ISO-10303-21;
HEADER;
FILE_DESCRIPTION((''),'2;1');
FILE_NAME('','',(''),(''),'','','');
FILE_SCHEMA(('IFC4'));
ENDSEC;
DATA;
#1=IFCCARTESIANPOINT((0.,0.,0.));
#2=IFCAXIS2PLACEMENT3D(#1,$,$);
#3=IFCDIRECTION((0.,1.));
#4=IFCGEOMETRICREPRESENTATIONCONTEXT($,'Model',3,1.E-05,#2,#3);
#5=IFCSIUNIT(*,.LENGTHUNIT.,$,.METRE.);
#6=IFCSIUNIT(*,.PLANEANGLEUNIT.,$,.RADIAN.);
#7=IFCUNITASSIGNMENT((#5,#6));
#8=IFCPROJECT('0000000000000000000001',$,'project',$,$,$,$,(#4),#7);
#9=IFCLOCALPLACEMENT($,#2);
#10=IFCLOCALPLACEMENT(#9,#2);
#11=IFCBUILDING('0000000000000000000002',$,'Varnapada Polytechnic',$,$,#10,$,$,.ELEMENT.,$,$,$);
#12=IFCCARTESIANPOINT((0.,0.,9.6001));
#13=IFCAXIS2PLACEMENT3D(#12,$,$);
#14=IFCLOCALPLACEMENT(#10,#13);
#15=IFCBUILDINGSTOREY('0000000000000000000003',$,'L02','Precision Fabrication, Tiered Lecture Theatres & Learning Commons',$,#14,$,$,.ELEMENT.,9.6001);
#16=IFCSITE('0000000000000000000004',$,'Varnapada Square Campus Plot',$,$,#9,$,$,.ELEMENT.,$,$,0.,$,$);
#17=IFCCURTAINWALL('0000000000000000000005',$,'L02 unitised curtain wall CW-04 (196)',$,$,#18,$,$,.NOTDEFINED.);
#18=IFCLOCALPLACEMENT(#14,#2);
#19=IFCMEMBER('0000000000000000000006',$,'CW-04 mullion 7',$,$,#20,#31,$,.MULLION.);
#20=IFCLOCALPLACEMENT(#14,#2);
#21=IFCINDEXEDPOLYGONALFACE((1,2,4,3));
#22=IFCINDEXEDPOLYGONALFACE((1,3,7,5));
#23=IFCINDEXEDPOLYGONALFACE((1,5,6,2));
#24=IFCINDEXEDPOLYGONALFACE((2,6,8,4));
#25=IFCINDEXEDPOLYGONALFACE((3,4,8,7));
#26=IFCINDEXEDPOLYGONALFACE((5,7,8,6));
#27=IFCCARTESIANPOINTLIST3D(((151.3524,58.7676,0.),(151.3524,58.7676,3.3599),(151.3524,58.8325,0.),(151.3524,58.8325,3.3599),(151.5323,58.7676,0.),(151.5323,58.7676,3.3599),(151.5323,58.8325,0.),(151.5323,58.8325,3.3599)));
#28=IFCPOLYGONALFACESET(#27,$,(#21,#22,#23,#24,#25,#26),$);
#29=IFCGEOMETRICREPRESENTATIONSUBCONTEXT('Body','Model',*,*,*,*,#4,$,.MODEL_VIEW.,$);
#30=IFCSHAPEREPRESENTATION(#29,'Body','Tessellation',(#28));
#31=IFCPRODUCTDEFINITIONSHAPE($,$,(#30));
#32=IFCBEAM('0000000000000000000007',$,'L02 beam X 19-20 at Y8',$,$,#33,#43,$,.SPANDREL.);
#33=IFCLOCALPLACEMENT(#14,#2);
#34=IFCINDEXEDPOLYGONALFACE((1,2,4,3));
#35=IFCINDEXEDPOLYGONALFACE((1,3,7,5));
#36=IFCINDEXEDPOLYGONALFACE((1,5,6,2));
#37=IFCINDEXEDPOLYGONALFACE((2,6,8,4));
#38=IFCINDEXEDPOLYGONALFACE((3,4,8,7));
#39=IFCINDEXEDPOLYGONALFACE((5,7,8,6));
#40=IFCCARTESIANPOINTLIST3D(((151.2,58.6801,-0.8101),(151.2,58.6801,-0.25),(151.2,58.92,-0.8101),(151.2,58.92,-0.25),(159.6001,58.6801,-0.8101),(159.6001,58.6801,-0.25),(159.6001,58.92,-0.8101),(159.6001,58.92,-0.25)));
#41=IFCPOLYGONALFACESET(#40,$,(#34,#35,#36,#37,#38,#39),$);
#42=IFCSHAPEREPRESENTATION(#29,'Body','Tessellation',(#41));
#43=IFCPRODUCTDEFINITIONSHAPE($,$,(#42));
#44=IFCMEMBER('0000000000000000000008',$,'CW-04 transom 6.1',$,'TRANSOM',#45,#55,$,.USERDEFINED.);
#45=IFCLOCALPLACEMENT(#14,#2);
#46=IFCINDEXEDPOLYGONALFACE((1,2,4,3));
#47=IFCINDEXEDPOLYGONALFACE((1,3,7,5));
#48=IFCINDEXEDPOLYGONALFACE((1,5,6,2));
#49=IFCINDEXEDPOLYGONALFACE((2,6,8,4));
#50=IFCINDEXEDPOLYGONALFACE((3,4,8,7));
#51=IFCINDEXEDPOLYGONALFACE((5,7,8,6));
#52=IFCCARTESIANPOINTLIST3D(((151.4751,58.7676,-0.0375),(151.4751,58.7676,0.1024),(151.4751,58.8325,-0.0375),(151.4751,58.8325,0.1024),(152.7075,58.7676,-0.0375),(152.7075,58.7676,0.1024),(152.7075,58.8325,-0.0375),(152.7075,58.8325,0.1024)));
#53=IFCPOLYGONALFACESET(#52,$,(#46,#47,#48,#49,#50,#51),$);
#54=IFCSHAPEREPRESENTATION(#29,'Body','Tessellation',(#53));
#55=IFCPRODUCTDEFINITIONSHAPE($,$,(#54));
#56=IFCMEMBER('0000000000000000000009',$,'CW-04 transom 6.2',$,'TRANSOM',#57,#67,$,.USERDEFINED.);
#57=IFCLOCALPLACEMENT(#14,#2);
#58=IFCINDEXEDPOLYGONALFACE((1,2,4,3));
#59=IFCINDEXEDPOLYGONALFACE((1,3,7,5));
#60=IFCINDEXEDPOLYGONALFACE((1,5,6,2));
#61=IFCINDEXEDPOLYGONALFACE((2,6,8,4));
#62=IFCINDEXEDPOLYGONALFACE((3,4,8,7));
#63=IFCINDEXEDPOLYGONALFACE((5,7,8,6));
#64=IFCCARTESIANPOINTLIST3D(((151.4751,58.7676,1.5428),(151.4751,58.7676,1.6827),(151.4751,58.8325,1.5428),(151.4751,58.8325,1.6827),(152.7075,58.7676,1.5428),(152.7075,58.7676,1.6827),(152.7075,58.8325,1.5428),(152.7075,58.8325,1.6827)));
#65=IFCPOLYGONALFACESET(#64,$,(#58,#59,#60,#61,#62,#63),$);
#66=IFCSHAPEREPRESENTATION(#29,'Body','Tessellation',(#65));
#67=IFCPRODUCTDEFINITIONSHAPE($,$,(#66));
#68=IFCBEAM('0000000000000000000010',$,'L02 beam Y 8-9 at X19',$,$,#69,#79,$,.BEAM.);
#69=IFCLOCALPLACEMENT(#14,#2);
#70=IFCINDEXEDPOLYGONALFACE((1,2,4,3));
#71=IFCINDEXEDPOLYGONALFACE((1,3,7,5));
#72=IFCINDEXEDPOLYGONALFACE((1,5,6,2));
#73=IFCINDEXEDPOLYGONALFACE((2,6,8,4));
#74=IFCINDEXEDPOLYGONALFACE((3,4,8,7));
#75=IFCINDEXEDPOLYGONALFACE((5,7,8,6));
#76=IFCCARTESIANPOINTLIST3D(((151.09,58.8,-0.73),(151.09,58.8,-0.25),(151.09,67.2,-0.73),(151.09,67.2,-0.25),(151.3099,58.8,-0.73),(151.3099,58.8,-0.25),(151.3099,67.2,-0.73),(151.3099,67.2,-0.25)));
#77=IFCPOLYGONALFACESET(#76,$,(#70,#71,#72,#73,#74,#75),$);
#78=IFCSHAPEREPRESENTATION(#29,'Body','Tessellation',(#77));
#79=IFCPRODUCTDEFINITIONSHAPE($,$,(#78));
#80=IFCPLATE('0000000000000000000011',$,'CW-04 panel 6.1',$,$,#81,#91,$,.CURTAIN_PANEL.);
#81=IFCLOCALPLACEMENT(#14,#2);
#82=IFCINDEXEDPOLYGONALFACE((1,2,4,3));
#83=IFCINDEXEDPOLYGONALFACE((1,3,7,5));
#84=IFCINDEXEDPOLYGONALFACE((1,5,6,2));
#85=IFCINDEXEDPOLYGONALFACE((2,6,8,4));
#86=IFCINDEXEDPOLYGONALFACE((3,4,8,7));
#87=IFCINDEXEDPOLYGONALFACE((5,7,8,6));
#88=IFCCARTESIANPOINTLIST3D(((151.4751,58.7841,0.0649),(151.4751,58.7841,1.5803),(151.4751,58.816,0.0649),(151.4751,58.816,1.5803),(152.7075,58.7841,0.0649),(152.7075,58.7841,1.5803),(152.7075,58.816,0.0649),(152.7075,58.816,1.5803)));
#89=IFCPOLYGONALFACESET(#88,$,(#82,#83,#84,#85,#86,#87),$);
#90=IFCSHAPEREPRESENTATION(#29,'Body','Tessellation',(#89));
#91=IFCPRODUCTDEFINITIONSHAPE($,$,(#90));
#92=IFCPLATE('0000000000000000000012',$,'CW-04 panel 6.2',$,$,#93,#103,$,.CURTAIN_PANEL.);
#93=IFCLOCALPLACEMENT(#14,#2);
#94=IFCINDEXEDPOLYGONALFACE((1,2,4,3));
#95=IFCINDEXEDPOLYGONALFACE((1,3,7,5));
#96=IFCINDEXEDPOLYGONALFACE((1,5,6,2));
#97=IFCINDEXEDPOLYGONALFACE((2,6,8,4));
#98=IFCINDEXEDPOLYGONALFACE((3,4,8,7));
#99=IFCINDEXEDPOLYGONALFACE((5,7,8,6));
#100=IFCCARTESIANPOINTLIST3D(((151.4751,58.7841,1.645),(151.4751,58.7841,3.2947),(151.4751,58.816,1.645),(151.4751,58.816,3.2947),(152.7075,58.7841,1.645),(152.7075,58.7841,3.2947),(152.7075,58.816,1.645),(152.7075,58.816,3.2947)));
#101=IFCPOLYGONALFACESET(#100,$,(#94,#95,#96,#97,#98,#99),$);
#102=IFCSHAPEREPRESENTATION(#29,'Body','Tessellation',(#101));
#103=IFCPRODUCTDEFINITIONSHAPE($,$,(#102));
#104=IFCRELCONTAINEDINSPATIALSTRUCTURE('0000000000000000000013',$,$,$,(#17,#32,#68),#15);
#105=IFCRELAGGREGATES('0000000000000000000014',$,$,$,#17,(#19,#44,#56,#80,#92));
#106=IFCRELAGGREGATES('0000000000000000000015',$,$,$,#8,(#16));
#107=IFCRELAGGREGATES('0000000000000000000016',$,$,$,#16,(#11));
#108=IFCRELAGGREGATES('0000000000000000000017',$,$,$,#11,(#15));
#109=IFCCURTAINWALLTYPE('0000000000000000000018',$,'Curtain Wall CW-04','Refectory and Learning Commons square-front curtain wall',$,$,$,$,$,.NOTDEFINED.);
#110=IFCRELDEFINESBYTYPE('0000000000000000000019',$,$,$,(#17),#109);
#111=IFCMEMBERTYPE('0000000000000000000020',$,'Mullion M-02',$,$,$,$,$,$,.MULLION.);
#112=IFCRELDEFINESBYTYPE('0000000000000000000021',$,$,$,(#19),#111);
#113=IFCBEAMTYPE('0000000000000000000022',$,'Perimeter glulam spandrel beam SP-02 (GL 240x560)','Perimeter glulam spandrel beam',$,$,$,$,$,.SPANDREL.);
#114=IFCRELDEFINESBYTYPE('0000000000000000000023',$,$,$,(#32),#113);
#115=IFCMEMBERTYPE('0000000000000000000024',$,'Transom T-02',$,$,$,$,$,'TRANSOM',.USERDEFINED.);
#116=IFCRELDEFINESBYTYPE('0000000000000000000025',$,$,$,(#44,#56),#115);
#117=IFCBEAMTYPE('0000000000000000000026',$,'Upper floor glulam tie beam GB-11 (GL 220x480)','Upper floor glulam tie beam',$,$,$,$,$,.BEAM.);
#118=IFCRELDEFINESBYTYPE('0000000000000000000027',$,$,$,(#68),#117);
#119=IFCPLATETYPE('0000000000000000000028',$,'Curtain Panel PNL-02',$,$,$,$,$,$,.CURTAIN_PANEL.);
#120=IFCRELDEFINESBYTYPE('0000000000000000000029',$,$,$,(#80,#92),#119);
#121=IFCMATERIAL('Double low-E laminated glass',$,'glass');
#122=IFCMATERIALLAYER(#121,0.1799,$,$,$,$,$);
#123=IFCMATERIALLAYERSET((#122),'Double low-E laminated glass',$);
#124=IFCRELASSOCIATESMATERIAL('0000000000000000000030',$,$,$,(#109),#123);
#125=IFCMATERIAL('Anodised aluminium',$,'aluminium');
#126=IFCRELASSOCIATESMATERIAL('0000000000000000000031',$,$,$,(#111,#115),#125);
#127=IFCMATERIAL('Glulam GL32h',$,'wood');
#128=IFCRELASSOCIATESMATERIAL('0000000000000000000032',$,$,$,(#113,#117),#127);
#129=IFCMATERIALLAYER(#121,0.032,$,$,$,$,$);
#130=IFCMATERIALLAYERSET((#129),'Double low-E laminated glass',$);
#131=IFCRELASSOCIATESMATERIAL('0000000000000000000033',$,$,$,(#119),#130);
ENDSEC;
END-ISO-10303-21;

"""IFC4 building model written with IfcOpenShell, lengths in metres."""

from ifc_helpers import new_model, si_unit, direction, frame, origin, origin_2d, place, context, subcontext, project, spatial, rectangle, extrude, material, layer, layer_set, material_profile, profile_set, type_object, element, aggregate, save


model = new_model("IFC4")

# Units and contexts
model_context = context("Model", 3, precision=1e-05, world=origin(), true_north=direction((0.0, 1.0)))
body_context = subcontext(model_context, "Body", "Model", "MODEL_VIEW")
ifc_project = project(units=[si_unit("LENGTHUNIT", "METRE"), si_unit("PLANEANGLEUNIT", "RADIAN")], contexts=[model_context])

# Site, building, storey
site_placement = place(None, origin())
site = spatial("IfcSite", under=ifc_project, at=site_placement, Name="Varnapada Square Campus Plot", CompositionType="ELEMENT", RefElevation=0.0)
building_placement = place(site_placement, origin())
building = spatial("IfcBuilding", under=site, at=building_placement, Name="Varnapada Polytechnic", CompositionType="ELEMENT")
storey_placement = place(building_placement, frame((0.0, 0.0, 9.6001)))
storey = spatial("IfcBuildingStorey", under=building, at=storey_placement, Name="L02", Description="Precision Fabrication, Tiered Lecture Theatres & Learning Commons", CompositionType="ELEMENT", Elevation=9.6001)

# Curtain wall, member
ifc_material_1 = material(Name="Double low-E laminated glass", Category="glass")
ifc_layer_1 = layer(ifc_material_1, 0.1799)
ifc_layer_set_1 = layer_set([ifc_layer_1], Name="Double low-E laminated glass")
curtain_wall_type = type_object("IfcCurtainWallType", Name="Curtain Wall CW-04", Description="Refectory and Learning Commons square-front curtain wall", PredefinedType="NOTDEFINED", material=ifc_layer_set_1)
curtain_wall_placement = place(storey_placement, origin())
curtain_wall = element("IfcCurtainWall", 1, at=curtain_wall_placement, inside=storey, type_object=curtain_wall_type, Name="L02 unitised curtain wall CW-04 (196)", PredefinedType="NOTDEFINED")
ifc_material_2 = material(Name="Anodised aluminium", Category="aluminium")
ifc_material_profile_1 = material_profile(ifc_material_2, rectangle(XDim=0.0649, YDim=0.1799, at=origin_2d()), Name="ALU M65x180")
ifc_profile_set_1 = profile_set([ifc_material_profile_1], Name="Anodised aluminium")
member_type_1 = type_object("IfcMemberType", Name="Mullion M-02", PredefinedType="MULLION", material=ifc_profile_set_1)
member_1_placement = place(storey_placement, frame((151.4424, 58.8, 0.0), z_axis=(0.0, 0.0, 1.0), x_axis=(0.0, -1.0, 0.0)))
member_1 = element("IfcMember", 2, at=member_1_placement, type_object=member_type_1, Name="CW-04 mullion 7", PredefinedType="MULLION", context=body_context, shape_type="SweptSolid", body=[
    extrude(rectangle(XDim=0.0649, YDim=0.1799, at=origin_2d()), origin(), (0.0, 0.0, 1.0), 3.3599),
])

# Beam
ifc_material_3 = material(Name="Glulam GL32h", Category="wood")
ifc_material_profile_2 = material_profile(ifc_material_3, rectangle(XDim=0.24, YDim=0.5601, at=origin_2d()), Name="GL 240x560")
ifc_profile_set_2 = profile_set([ifc_material_profile_2], Name="Glulam GL32h")
beam_type_1 = type_object("IfcBeamType", Name="Perimeter glulam spandrel beam SP-02 (GL 240x560)", Description="Perimeter glulam spandrel beam", PredefinedType="SPANDREL", material=ifc_profile_set_2)
beam_1_placement = place(storey_placement, frame((151.2, 58.8, -0.53), z_axis=(1.0, 0.0, 0.0), x_axis=(0.0, 1.0, 0.0)))
element("IfcBeam", 3, at=beam_1_placement, inside=storey, type_object=beam_type_1, Name="L02 beam X 19-20 at Y8", PredefinedType="SPANDREL", context=body_context, shape_type="SweptSolid", body=[
    extrude(rectangle(XDim=0.24, YDim=0.5601, at=origin_2d()), origin(), (0.0, 0.0, 1.0), 8.4001),
])

# Members
ifc_material_profile_3 = material_profile(ifc_material_2, rectangle(XDim=0.0649, YDim=0.1399, at=origin_2d()), Name="ALU T65x140")
ifc_profile_set_3 = profile_set([ifc_material_profile_3], Name="Anodised aluminium")
member_type_2 = type_object("IfcMemberType", Name="Transom T-02", ElementType="TRANSOM", PredefinedType="USERDEFINED", material=ifc_profile_set_3)
member_2_placement = place(storey_placement, frame((152.7075, 58.8, 0.0325), z_axis=(-1.0, 0.0, 0.0), x_axis=(0.0, -1.0, 0.0)))
member_2 = element("IfcMember", 4, at=member_2_placement, type_object=member_type_2, Name="CW-04 transom 6.1", ObjectType="TRANSOM", PredefinedType="USERDEFINED", context=body_context, shape_type="SweptSolid", body=[
    extrude(rectangle(XDim=0.0649, YDim=0.1399, at=origin_2d()), origin(), (0.0, 0.0, 1.0), 1.2324),
])
member_3_placement = place(storey_placement, frame((152.7075, 58.8, 1.6128), z_axis=(-1.0, 0.0, 0.0), x_axis=(0.0, -1.0, 0.0)))
member_3 = element("IfcMember", 5, at=member_3_placement, type_object=member_type_2, Name="CW-04 transom 6.2", ObjectType="TRANSOM", PredefinedType="USERDEFINED", context=body_context, shape_type="SweptSolid", body=[
    extrude(rectangle(XDim=0.0649, YDim=0.1399, at=origin_2d()), origin(), (0.0, 0.0, 1.0), 1.2324),
])

# Beam
ifc_material_profile_4 = material_profile(ifc_material_3, rectangle(XDim=0.22, YDim=0.48, at=origin_2d()), Name="GL 220x480")
ifc_profile_set_4 = profile_set([ifc_material_profile_4], Name="Glulam GL32h")
beam_type_2 = type_object("IfcBeamType", Name="Upper floor glulam tie beam GB-11 (GL 220x480)", Description="Upper floor glulam tie beam", PredefinedType="BEAM", material=ifc_profile_set_4)
beam_2_placement = place(storey_placement, frame((151.2, 58.8, -0.49), z_axis=(0.0, 1.0, 0.0), x_axis=(-1.0, 0.0, 0.0)))
element("IfcBeam", 6, at=beam_2_placement, inside=storey, type_object=beam_type_2, Name="L02 beam Y 8-9 at X19", PredefinedType="BEAM", context=body_context, shape_type="SweptSolid", body=[
    extrude(rectangle(XDim=0.22, YDim=0.48, at=origin_2d()), origin(), (0.0, 0.0, 1.0), 8.3999),
])

# Plates
ifc_layer_2 = layer(ifc_material_1, 0.032)
ifc_layer_set_2 = layer_set([ifc_layer_2], Name="Double low-E laminated glass")
plate_type = type_object("IfcPlateType", Name="Curtain Panel PNL-02", PredefinedType="CURTAIN_PANEL", material=ifc_layer_set_2)
plate_1_placement = place(storey_placement, frame((152.0913, 58.8, 0.0649), z_axis=(0.0, 0.0, 1.0), x_axis=(-1.0, 0.0, 0.0)))
plate_1 = element("IfcPlate", 7, at=plate_1_placement, type_object=plate_type, Name="CW-04 panel 6.1", PredefinedType="CURTAIN_PANEL", context=body_context, shape_type="SweptSolid", body=[
    extrude(rectangle(XDim=1.2324, YDim=0.032, at=origin_2d()), origin(), (0.0, 0.0, 1.0), 1.5154),
])
plate_2_placement = place(storey_placement, frame((152.0913, 58.8, 1.645), z_axis=(0.0, 0.0, 1.0), x_axis=(-1.0, 0.0, 0.0)))
plate_2 = element("IfcPlate", 8, at=plate_2_placement, type_object=plate_type, Name="CW-04 panel 6.2", PredefinedType="CURTAIN_PANEL", context=body_context, shape_type="SweptSolid", body=[
    extrude(rectangle(XDim=1.2324, YDim=0.032, at=origin_2d()), origin(), (0.0, 0.0, 1.0), 1.6497),
])
aggregate(curtain_wall, [member_1, member_2, member_3, plate_1, plate_2])

save(model, "model.ifc")
